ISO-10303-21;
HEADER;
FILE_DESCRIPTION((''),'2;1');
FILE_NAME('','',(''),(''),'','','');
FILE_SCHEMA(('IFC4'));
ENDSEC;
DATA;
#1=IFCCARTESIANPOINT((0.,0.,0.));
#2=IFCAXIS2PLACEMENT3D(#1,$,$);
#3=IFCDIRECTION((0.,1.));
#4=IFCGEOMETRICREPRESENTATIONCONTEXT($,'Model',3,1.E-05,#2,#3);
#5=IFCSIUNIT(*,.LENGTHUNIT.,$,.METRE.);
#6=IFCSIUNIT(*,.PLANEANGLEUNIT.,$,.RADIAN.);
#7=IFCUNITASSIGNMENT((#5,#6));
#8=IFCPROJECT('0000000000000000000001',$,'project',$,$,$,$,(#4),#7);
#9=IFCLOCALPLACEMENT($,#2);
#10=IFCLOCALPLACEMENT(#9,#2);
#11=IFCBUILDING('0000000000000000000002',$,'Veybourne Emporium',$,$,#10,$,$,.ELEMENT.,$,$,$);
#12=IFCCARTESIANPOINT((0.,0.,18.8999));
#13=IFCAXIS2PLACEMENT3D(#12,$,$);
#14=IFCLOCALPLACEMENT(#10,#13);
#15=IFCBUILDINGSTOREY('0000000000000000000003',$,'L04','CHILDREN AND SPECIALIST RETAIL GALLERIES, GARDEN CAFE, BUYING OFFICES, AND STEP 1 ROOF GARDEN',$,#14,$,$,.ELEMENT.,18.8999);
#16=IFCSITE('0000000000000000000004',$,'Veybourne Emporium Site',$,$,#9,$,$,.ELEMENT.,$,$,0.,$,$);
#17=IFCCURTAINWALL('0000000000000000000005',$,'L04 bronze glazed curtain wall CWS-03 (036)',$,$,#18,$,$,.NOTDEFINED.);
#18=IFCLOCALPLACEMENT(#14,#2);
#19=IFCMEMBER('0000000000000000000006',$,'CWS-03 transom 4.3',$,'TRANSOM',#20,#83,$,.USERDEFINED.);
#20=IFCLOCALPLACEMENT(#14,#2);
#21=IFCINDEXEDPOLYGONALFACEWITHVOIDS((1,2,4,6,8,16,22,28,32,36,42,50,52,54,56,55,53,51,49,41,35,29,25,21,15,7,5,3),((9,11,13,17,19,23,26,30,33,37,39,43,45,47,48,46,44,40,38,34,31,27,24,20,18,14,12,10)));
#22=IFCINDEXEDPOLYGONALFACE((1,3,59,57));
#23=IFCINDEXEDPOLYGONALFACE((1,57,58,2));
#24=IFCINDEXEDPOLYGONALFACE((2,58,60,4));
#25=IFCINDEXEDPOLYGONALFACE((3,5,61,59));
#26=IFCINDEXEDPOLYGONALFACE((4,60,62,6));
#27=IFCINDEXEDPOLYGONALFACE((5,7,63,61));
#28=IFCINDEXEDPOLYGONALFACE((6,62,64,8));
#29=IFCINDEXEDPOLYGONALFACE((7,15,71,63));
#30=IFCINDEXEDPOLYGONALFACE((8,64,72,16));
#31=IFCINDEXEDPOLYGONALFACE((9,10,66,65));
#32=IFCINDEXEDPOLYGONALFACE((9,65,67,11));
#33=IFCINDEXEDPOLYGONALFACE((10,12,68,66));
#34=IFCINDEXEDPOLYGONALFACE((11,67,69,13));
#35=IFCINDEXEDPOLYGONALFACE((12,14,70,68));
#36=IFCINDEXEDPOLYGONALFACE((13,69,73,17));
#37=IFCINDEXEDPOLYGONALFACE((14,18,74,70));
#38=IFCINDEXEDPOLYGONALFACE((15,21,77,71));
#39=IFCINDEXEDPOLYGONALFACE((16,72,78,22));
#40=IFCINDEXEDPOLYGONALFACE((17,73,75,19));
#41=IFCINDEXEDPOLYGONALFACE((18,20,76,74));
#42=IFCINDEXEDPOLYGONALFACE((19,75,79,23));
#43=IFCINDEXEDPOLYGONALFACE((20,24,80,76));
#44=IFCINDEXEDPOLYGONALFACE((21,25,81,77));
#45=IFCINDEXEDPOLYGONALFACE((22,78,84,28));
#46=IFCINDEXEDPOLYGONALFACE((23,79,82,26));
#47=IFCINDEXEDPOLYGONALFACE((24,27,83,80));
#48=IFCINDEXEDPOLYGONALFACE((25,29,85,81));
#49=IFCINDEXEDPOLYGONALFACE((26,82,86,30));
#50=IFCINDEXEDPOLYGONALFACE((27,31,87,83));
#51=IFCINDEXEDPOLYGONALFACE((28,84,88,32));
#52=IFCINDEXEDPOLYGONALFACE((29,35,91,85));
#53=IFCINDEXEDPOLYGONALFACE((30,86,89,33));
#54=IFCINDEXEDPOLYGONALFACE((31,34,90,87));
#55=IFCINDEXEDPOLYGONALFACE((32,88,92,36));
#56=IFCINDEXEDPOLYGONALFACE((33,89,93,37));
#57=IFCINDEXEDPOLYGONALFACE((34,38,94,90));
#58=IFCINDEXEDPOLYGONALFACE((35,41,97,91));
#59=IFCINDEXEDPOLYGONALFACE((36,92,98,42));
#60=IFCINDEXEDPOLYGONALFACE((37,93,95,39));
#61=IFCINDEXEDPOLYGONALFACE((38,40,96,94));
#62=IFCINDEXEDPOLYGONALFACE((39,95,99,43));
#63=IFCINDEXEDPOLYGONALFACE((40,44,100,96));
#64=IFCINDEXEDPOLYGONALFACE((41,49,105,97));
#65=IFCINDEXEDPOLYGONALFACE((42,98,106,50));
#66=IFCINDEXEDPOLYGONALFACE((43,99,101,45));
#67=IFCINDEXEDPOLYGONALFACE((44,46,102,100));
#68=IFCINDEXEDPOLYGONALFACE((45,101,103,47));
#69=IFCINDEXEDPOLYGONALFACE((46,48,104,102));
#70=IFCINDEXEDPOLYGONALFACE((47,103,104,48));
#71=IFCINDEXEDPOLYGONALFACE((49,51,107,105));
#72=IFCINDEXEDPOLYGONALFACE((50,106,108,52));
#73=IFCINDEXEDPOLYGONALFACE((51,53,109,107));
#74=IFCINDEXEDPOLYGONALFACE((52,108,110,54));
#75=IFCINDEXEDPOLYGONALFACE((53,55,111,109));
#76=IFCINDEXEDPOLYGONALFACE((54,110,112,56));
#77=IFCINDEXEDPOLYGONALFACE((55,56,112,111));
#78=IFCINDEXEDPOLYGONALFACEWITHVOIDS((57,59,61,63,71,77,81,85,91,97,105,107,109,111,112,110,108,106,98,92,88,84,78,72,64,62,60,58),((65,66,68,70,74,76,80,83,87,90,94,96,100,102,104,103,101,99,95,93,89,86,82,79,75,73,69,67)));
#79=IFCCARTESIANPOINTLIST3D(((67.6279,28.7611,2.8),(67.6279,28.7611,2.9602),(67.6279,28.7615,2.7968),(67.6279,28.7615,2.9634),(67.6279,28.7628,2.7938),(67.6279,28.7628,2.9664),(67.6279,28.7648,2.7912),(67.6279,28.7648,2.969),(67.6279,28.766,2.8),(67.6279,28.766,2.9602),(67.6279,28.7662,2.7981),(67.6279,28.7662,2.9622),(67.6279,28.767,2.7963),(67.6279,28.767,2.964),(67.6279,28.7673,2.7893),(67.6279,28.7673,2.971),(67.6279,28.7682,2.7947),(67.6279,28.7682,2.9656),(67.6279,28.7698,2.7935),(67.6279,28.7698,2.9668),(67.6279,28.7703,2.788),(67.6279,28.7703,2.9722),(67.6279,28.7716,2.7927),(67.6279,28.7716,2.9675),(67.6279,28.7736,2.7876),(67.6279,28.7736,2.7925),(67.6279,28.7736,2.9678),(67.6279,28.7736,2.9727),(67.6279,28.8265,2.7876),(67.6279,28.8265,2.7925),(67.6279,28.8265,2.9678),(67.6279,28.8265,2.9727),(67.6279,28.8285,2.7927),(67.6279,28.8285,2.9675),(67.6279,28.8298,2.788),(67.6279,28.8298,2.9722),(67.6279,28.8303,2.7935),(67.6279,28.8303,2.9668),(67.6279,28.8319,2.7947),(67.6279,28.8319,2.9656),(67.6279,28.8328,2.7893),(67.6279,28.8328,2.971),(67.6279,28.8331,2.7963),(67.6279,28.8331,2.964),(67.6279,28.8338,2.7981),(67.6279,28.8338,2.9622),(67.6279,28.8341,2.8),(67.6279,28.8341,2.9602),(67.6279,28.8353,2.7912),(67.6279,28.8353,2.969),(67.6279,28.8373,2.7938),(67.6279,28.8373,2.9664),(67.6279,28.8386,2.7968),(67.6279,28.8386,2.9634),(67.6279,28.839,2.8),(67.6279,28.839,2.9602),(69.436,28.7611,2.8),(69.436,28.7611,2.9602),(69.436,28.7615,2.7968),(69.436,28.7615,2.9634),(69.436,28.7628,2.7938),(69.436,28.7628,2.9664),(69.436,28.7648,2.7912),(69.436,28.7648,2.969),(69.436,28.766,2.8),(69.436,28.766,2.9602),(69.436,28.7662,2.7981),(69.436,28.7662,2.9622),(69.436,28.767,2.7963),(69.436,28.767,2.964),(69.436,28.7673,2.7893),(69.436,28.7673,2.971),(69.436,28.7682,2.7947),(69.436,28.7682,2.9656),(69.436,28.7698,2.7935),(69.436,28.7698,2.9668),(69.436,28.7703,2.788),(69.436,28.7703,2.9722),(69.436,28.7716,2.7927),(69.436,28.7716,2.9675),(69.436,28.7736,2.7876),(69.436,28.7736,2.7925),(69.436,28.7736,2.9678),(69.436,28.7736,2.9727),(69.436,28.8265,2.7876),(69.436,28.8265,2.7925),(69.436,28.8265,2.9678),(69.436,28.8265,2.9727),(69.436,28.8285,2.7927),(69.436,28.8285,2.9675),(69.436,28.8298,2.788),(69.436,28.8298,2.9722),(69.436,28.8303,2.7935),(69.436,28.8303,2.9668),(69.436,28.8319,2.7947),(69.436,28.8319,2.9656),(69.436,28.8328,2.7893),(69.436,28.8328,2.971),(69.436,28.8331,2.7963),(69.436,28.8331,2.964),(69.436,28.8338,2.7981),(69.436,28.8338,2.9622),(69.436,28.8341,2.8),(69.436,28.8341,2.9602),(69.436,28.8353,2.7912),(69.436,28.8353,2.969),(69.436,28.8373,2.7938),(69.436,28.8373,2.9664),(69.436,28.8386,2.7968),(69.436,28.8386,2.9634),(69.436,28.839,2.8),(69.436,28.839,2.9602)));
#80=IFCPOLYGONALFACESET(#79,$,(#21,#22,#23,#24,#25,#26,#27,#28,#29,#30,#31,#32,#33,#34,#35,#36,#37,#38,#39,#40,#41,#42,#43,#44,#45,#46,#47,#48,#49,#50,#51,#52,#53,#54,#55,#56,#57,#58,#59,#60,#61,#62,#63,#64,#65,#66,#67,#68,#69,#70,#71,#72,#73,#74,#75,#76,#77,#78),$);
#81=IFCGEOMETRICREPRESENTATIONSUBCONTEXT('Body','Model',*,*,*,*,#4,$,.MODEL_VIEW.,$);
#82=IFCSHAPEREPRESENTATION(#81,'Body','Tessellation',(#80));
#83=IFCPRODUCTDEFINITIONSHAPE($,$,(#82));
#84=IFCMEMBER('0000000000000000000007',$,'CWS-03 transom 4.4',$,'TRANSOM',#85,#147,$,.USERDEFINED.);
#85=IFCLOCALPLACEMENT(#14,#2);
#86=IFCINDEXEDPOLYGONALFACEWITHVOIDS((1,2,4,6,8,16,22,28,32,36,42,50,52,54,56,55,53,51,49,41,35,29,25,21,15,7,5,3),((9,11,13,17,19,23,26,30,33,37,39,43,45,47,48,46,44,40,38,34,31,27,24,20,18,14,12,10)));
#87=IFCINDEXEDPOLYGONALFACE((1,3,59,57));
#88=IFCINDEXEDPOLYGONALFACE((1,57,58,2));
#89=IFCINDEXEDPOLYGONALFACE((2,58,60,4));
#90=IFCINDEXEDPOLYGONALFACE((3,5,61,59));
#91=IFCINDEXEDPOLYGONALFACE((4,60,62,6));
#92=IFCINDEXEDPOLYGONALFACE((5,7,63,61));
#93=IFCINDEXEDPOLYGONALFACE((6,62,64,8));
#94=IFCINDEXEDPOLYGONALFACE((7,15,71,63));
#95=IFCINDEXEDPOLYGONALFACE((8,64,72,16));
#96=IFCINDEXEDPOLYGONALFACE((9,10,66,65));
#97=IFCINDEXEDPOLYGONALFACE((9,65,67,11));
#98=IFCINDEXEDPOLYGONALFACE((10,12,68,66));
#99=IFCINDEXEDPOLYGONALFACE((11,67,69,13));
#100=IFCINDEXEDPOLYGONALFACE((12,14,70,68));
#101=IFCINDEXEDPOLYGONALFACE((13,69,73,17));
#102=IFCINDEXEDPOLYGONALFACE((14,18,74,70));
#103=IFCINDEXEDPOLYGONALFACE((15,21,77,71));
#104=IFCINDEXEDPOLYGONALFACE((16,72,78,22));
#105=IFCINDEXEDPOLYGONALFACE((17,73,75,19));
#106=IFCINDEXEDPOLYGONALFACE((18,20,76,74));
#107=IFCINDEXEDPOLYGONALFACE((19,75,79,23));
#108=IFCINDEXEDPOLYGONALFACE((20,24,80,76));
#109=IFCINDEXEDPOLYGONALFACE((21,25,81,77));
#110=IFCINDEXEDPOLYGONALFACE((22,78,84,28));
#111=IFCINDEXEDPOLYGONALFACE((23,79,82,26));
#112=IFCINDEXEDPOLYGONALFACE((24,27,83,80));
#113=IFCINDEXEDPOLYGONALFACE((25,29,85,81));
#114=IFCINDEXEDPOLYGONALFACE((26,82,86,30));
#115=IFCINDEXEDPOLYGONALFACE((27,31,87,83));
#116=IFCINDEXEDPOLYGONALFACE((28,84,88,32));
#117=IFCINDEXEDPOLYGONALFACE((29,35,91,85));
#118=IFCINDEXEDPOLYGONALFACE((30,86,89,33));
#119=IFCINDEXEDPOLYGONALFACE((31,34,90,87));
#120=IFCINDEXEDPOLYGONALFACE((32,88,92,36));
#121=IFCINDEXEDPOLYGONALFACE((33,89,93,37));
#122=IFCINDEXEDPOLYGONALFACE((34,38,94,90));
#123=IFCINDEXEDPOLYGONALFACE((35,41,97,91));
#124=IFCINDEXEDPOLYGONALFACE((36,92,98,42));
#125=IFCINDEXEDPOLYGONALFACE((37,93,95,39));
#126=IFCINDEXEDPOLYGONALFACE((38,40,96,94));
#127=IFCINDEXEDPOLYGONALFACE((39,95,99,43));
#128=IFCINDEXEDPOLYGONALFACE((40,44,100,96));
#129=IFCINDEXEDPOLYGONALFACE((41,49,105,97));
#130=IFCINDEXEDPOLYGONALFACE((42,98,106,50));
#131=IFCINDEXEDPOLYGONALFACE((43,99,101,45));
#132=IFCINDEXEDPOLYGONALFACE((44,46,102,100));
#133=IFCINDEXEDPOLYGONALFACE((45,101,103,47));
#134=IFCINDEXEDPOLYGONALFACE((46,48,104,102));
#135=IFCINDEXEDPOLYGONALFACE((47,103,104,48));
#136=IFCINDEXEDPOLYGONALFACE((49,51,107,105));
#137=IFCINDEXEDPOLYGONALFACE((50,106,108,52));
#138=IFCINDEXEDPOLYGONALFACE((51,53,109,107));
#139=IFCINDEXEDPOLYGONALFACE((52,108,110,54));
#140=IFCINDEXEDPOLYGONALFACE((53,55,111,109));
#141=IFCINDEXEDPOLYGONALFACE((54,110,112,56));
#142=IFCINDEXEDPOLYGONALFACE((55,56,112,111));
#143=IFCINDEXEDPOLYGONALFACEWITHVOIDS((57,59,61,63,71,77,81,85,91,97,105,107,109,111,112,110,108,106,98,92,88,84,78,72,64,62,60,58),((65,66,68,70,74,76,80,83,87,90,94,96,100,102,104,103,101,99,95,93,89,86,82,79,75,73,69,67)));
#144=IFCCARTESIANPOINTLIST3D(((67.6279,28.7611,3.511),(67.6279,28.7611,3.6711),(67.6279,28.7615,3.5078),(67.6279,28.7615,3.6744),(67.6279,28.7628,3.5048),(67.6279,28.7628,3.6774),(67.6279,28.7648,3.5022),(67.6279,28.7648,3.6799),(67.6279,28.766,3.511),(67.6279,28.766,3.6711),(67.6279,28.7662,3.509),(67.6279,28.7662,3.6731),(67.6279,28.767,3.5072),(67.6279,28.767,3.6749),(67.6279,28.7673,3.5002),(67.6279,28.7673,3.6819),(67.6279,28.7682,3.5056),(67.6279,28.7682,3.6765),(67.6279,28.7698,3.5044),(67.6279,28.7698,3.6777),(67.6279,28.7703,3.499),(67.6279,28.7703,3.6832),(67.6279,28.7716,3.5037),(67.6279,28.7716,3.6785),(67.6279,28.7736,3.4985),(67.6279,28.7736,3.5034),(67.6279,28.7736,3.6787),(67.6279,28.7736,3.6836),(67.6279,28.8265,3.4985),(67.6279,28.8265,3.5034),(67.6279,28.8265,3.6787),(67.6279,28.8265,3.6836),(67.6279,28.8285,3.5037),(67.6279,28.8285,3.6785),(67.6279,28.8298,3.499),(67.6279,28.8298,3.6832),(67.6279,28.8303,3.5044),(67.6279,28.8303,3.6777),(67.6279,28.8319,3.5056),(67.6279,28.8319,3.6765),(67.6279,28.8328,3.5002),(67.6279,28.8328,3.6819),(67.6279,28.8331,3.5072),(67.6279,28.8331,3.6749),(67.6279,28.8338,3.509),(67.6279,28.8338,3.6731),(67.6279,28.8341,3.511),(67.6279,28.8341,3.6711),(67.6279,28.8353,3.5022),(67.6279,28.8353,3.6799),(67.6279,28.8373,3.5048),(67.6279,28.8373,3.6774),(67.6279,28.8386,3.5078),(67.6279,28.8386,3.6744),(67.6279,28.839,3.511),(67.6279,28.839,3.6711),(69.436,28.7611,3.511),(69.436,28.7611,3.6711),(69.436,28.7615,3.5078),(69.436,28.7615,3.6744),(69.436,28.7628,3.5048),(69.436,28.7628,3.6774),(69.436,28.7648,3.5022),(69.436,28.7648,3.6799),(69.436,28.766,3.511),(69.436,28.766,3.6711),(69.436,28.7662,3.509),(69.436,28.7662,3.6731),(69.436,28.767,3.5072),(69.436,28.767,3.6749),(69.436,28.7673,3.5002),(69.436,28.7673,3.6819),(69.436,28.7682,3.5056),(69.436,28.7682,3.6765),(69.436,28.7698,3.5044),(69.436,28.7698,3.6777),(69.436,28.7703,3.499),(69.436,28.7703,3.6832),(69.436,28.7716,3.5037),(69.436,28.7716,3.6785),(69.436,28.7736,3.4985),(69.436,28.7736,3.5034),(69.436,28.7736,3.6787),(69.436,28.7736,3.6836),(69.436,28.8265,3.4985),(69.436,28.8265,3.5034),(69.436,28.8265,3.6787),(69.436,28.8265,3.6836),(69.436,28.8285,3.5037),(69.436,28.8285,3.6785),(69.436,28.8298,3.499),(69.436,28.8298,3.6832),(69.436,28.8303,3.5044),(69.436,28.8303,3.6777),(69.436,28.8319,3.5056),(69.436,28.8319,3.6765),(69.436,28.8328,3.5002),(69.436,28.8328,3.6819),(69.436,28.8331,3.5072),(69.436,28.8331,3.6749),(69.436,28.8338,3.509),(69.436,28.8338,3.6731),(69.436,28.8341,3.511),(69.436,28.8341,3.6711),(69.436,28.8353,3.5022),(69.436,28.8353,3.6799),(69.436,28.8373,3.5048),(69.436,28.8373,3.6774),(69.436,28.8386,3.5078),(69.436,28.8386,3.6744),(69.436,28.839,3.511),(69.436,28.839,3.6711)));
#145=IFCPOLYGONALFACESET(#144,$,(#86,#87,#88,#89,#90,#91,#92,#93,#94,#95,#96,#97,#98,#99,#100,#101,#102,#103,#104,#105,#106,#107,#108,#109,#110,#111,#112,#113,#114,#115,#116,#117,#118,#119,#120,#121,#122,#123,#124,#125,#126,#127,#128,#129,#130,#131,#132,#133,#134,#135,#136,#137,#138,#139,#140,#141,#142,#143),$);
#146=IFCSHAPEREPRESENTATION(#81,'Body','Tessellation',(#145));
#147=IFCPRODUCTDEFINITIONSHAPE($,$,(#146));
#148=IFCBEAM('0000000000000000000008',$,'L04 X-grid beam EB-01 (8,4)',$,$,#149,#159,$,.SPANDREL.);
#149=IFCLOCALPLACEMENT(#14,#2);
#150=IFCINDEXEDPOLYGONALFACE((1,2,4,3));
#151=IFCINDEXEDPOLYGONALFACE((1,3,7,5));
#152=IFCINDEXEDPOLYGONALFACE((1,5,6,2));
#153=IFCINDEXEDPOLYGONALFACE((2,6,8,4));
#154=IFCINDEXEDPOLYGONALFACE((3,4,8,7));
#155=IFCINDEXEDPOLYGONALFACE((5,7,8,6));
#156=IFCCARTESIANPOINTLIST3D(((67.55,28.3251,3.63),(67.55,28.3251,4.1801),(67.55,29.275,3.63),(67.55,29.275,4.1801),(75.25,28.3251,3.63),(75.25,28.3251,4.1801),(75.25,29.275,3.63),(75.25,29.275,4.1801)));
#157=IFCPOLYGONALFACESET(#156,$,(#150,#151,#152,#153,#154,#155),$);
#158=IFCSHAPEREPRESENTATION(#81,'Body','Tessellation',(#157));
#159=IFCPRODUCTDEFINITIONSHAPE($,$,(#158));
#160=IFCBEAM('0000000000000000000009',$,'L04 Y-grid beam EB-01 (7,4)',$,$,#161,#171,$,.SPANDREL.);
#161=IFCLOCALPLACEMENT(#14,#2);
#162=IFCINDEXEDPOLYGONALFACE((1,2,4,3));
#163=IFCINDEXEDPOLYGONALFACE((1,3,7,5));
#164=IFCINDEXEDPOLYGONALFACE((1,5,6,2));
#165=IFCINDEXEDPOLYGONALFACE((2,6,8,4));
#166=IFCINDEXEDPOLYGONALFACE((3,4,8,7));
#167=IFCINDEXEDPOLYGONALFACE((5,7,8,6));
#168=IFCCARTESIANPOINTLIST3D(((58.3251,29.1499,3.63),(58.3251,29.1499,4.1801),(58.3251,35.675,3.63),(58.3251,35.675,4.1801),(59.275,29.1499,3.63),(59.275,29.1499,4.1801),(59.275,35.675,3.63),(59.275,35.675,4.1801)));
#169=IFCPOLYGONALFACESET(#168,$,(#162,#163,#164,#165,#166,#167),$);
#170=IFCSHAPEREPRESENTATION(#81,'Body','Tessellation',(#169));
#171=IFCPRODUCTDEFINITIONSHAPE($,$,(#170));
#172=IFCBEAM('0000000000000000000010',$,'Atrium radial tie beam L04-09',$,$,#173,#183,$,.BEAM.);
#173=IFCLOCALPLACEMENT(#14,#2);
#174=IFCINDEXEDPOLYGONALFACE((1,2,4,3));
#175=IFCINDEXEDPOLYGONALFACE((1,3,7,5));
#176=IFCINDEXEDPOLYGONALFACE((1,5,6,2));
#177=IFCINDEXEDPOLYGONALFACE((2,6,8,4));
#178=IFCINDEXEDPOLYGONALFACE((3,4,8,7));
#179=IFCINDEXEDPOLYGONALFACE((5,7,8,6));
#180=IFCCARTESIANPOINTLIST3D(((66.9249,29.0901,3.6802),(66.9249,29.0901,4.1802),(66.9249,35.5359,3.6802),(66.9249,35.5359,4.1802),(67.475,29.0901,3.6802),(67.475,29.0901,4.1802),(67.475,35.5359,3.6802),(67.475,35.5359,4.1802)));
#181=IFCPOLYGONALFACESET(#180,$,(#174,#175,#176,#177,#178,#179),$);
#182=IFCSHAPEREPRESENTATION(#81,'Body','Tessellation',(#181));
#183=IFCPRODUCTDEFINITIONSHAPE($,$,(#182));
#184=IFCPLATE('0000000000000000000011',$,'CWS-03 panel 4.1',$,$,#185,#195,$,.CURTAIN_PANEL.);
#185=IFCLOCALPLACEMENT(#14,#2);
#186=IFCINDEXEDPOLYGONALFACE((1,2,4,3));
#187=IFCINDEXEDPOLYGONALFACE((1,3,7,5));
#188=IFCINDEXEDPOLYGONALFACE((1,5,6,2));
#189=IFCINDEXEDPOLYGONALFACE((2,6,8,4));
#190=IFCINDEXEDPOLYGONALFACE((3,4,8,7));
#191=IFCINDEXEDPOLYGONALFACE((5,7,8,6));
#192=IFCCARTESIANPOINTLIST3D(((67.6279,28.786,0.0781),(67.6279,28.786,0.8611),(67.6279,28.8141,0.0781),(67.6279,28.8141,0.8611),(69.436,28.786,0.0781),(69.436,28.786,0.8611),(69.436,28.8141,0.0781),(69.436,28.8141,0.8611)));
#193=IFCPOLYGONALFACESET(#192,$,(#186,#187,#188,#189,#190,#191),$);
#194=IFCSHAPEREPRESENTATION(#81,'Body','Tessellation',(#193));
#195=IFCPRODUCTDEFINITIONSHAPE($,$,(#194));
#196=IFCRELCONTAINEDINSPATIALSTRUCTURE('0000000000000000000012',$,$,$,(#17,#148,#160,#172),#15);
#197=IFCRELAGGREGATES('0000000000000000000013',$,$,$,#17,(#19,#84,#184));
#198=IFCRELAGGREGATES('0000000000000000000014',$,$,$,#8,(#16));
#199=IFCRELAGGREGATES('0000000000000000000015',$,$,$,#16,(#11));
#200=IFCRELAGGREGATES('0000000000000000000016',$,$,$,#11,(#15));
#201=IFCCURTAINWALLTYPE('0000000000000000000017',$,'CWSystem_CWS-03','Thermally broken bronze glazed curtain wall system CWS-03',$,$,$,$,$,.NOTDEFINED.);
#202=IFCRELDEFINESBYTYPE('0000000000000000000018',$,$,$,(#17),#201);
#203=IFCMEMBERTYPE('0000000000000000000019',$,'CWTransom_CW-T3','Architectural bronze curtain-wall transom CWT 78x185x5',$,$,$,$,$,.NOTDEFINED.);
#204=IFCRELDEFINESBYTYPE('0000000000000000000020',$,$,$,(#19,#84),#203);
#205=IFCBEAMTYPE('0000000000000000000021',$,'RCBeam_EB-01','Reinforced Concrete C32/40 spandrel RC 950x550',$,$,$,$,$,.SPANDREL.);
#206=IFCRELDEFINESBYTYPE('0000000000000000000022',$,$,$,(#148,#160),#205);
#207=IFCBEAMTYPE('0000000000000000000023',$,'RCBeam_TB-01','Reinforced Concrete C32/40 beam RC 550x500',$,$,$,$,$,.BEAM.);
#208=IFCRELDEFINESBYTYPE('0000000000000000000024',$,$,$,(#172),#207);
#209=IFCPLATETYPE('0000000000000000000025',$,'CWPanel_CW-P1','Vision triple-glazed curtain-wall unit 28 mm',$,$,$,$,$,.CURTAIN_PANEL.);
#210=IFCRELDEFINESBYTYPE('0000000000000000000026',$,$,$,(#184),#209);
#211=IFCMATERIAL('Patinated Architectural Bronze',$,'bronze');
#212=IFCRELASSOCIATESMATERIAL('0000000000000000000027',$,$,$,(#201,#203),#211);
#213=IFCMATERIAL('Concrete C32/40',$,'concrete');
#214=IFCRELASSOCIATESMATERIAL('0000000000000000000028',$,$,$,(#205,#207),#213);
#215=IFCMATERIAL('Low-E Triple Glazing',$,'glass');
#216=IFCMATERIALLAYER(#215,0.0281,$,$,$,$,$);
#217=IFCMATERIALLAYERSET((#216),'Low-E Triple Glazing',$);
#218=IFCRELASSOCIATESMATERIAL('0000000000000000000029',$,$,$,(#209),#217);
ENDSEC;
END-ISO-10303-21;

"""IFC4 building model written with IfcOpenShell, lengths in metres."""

from ifc_helpers import new_model, si_unit, direction, frame, origin, origin_2d, place, context, subcontext, project, spatial, rectangle, hollow_rectangle, extrude, material, layer, layer_set, material_profile, profile_set, type_object, element, aggregate, save


model = new_model("IFC4")

# Units and contexts
model_context = context("Model", 3, precision=1e-05, world=origin(), true_north=direction((0.0, 1.0)))
body_context = subcontext(model_context, "Body", "Model", "MODEL_VIEW")
ifc_project = project(units=[si_unit("LENGTHUNIT", "METRE"), si_unit("PLANEANGLEUNIT", "RADIAN")], contexts=[model_context])

# Site, building, storey
site_placement = place(None, origin())
site = spatial("IfcSite", under=ifc_project, at=site_placement, Name="Veybourne Emporium Site", CompositionType="ELEMENT", RefElevation=0.0)
building_placement = place(site_placement, origin())
building = spatial("IfcBuilding", under=site, at=building_placement, Name="Veybourne Emporium", CompositionType="ELEMENT")
storey_placement = place(building_placement, frame((0.0, 0.0, 18.8999)))
storey = spatial("IfcBuildingStorey", under=building, at=storey_placement, Name="L04", Description="CHILDREN AND SPECIALIST RETAIL GALLERIES, GARDEN CAFE, BUYING OFFICES, AND STEP 1 ROOF GARDEN", CompositionType="ELEMENT", Elevation=18.8999)

# Curtain wall
ifc_material_1 = material(Name="Patinated Architectural Bronze", Category="bronze")
curtain_wall_type_1 = type_object("IfcCurtainWallType", Name="CWSystem_CWS-03", Description="Thermally broken bronze glazed curtain wall system CWS-03", PredefinedType="NOTDEFINED", material=ifc_material_1)
curtain_wall_1_placement = place(storey_placement, origin())
curtain_wall_1 = element("IfcCurtainWall", 1, at=curtain_wall_1_placement, inside=storey, type_object=curtain_wall_type_1, Name="L04 bronze glazed curtain wall CWS-03 (036)", PredefinedType="NOTDEFINED")

# Members
ifc_material_profile_1 = material_profile(ifc_material_1, hollow_rectangle(XDim=0.0779, YDim=0.1851, WallThickness=0.0049, InnerFilletRadius=0.0076, OuterFilletRadius=0.0125, at=origin_2d()), Name="CWT 78x185x5")
ifc_profile_set_1 = profile_set([ifc_material_profile_1], Name="Patinated Architectural Bronze")
member_type_1 = type_object("IfcMemberType", Name="CWTransom_CW-T3", Description="Architectural bronze curtain-wall transom CWT 78x185x5", PredefinedType="NOTDEFINED", material=ifc_profile_set_1)
member_1_placement = place(storey_placement, frame((69.436, 28.8, 2.8801), z_axis=(-1.0, 0.0, 0.0), x_axis=(0.0, -1.0, 0.0)))
member_1 = element("IfcMember", 2, at=member_1_placement, type_object=member_type_1, Name="CWS-03 transom 4.3", ObjectType="TRANSOM", PredefinedType="USERDEFINED", context=body_context, shape_type="SweptSolid", body=[
    extrude(hollow_rectangle(XDim=0.0779, YDim=0.1851, WallThickness=0.0049, InnerFilletRadius=0.0076, OuterFilletRadius=0.0125, at=origin_2d()), origin(), (0.0, 0.0, 1.0), 1.8081),
])
member_2_placement = place(storey_placement, frame((69.436, 28.8, 3.5911), z_axis=(-1.0, 0.0, 0.0), x_axis=(0.0, -1.0, 0.0)))
member_2 = element("IfcMember", 3, at=member_2_placement, type_object=member_type_1, Name="CWS-03 transom 4.4", ObjectType="TRANSOM", PredefinedType="USERDEFINED", context=body_context, shape_type="SweptSolid", body=[
    extrude(hollow_rectangle(XDim=0.0779, YDim=0.1851, WallThickness=0.0049, InnerFilletRadius=0.0076, OuterFilletRadius=0.0125, at=origin_2d()), origin(), (0.0, 0.0, 1.0), 1.8081),
])

# Beams
ifc_material_2 = material(Name="Concrete C32/40", Category="concrete")
ifc_material_profile_2 = material_profile(ifc_material_2, rectangle(XDim=0.95, YDim=0.55, at=origin_2d()), Name="RC 950x550")
ifc_profile_set_2 = profile_set([ifc_material_profile_2], Name="Concrete C32/40")
beam_type_1 = type_object("IfcBeamType", Name="RCBeam_EB-01", Description="Reinforced Concrete C32/40 spandrel RC 950x550", PredefinedType="SPANDREL", material=ifc_profile_set_2)
beam_1_placement = place(storey_placement, frame((67.55, 28.8, 3.905), z_axis=(1.0, 0.0, 0.0), x_axis=(0.0, 1.0, 0.0)))
element("IfcBeam", 4, at=beam_1_placement, inside=storey, type_object=beam_type_1, Name="L04 X-grid beam EB-01 (8,4)", PredefinedType="SPANDREL", context=body_context, shape_type="SweptSolid", body=[
    extrude(rectangle(XDim=0.95, YDim=0.55, at=origin_2d()), origin(), (0.0, 0.0, 1.0), 7.7),
])
beam_2_placement = place(storey_placement, frame((58.8, 29.1499, 3.905), z_axis=(0.0, 1.0, 0.0), x_axis=(-1.0, 0.0, 0.0)))
element("IfcBeam", 5, at=beam_2_placement, inside=storey, type_object=beam_type_1, Name="L04 Y-grid beam EB-01 (7,4)", PredefinedType="SPANDREL", context=body_context, shape_type="SweptSolid", body=[
    extrude(rectangle(XDim=0.95, YDim=0.55, at=origin_2d()), origin(), (0.0, 0.0, 1.0), 6.5251),
])
ifc_material_profile_3 = material_profile(ifc_material_2, rectangle(XDim=0.55, YDim=0.5, at=origin_2d()), Name="RC 550x500")
ifc_profile_set_3 = profile_set([ifc_material_profile_3], Name="Concrete C32/40")
beam_type_2 = type_object("IfcBeamType", Name="RCBeam_TB-01", Description="Reinforced Concrete C32/40 beam RC 550x500", PredefinedType="BEAM", material=ifc_profile_set_3)
beam_3_placement = place(storey_placement, frame((67.2, 35.5359, 3.9302), z_axis=(0.0, -1.0, 0.0), x_axis=(1.0, 0.0, 0.0)))
element("IfcBeam", 6, at=beam_3_placement, inside=storey, type_object=beam_type_2, Name="Atrium radial tie beam L04-09", PredefinedType="BEAM", context=body_context, shape_type="SweptSolid", body=[
    extrude(rectangle(XDim=0.55, YDim=0.5, at=origin_2d()), origin(), (0.0, 0.0, 1.0), 6.4458),
])

# Plate
ifc_material_3 = material(Name="Low-E Triple Glazing", Category="glass")
ifc_layer_1 = layer(ifc_material_3, 0.0281)
ifc_layer_set_1 = layer_set([ifc_layer_1], Name="Low-E Triple Glazing")
plate_type = type_object("IfcPlateType", Name="CWPanel_CW-P1", Description="Vision triple-glazed curtain-wall unit 28 mm", PredefinedType="CURTAIN_PANEL", material=ifc_layer_set_1)
plate_1_placement = place(storey_placement, frame((68.532, 28.8, 0.0781), z_axis=(0.0, 0.0, 1.0), x_axis=(-1.0, 0.0, 0.0)))
plate_1 = element("IfcPlate", 7, at=plate_1_placement, type_object=plate_type, Name="CWS-03 panel 4.1", PredefinedType="CURTAIN_PANEL", context=body_context, shape_type="SweptSolid", body=[
    extrude(rectangle(XDim=1.8081, YDim=0.0281, at=origin_2d()), origin(), (0.0, 0.0, 1.0), 0.783),
])
aggregate(curtain_wall_1, [member_1, member_2, plate_1])

save(model, "model.ifc")
